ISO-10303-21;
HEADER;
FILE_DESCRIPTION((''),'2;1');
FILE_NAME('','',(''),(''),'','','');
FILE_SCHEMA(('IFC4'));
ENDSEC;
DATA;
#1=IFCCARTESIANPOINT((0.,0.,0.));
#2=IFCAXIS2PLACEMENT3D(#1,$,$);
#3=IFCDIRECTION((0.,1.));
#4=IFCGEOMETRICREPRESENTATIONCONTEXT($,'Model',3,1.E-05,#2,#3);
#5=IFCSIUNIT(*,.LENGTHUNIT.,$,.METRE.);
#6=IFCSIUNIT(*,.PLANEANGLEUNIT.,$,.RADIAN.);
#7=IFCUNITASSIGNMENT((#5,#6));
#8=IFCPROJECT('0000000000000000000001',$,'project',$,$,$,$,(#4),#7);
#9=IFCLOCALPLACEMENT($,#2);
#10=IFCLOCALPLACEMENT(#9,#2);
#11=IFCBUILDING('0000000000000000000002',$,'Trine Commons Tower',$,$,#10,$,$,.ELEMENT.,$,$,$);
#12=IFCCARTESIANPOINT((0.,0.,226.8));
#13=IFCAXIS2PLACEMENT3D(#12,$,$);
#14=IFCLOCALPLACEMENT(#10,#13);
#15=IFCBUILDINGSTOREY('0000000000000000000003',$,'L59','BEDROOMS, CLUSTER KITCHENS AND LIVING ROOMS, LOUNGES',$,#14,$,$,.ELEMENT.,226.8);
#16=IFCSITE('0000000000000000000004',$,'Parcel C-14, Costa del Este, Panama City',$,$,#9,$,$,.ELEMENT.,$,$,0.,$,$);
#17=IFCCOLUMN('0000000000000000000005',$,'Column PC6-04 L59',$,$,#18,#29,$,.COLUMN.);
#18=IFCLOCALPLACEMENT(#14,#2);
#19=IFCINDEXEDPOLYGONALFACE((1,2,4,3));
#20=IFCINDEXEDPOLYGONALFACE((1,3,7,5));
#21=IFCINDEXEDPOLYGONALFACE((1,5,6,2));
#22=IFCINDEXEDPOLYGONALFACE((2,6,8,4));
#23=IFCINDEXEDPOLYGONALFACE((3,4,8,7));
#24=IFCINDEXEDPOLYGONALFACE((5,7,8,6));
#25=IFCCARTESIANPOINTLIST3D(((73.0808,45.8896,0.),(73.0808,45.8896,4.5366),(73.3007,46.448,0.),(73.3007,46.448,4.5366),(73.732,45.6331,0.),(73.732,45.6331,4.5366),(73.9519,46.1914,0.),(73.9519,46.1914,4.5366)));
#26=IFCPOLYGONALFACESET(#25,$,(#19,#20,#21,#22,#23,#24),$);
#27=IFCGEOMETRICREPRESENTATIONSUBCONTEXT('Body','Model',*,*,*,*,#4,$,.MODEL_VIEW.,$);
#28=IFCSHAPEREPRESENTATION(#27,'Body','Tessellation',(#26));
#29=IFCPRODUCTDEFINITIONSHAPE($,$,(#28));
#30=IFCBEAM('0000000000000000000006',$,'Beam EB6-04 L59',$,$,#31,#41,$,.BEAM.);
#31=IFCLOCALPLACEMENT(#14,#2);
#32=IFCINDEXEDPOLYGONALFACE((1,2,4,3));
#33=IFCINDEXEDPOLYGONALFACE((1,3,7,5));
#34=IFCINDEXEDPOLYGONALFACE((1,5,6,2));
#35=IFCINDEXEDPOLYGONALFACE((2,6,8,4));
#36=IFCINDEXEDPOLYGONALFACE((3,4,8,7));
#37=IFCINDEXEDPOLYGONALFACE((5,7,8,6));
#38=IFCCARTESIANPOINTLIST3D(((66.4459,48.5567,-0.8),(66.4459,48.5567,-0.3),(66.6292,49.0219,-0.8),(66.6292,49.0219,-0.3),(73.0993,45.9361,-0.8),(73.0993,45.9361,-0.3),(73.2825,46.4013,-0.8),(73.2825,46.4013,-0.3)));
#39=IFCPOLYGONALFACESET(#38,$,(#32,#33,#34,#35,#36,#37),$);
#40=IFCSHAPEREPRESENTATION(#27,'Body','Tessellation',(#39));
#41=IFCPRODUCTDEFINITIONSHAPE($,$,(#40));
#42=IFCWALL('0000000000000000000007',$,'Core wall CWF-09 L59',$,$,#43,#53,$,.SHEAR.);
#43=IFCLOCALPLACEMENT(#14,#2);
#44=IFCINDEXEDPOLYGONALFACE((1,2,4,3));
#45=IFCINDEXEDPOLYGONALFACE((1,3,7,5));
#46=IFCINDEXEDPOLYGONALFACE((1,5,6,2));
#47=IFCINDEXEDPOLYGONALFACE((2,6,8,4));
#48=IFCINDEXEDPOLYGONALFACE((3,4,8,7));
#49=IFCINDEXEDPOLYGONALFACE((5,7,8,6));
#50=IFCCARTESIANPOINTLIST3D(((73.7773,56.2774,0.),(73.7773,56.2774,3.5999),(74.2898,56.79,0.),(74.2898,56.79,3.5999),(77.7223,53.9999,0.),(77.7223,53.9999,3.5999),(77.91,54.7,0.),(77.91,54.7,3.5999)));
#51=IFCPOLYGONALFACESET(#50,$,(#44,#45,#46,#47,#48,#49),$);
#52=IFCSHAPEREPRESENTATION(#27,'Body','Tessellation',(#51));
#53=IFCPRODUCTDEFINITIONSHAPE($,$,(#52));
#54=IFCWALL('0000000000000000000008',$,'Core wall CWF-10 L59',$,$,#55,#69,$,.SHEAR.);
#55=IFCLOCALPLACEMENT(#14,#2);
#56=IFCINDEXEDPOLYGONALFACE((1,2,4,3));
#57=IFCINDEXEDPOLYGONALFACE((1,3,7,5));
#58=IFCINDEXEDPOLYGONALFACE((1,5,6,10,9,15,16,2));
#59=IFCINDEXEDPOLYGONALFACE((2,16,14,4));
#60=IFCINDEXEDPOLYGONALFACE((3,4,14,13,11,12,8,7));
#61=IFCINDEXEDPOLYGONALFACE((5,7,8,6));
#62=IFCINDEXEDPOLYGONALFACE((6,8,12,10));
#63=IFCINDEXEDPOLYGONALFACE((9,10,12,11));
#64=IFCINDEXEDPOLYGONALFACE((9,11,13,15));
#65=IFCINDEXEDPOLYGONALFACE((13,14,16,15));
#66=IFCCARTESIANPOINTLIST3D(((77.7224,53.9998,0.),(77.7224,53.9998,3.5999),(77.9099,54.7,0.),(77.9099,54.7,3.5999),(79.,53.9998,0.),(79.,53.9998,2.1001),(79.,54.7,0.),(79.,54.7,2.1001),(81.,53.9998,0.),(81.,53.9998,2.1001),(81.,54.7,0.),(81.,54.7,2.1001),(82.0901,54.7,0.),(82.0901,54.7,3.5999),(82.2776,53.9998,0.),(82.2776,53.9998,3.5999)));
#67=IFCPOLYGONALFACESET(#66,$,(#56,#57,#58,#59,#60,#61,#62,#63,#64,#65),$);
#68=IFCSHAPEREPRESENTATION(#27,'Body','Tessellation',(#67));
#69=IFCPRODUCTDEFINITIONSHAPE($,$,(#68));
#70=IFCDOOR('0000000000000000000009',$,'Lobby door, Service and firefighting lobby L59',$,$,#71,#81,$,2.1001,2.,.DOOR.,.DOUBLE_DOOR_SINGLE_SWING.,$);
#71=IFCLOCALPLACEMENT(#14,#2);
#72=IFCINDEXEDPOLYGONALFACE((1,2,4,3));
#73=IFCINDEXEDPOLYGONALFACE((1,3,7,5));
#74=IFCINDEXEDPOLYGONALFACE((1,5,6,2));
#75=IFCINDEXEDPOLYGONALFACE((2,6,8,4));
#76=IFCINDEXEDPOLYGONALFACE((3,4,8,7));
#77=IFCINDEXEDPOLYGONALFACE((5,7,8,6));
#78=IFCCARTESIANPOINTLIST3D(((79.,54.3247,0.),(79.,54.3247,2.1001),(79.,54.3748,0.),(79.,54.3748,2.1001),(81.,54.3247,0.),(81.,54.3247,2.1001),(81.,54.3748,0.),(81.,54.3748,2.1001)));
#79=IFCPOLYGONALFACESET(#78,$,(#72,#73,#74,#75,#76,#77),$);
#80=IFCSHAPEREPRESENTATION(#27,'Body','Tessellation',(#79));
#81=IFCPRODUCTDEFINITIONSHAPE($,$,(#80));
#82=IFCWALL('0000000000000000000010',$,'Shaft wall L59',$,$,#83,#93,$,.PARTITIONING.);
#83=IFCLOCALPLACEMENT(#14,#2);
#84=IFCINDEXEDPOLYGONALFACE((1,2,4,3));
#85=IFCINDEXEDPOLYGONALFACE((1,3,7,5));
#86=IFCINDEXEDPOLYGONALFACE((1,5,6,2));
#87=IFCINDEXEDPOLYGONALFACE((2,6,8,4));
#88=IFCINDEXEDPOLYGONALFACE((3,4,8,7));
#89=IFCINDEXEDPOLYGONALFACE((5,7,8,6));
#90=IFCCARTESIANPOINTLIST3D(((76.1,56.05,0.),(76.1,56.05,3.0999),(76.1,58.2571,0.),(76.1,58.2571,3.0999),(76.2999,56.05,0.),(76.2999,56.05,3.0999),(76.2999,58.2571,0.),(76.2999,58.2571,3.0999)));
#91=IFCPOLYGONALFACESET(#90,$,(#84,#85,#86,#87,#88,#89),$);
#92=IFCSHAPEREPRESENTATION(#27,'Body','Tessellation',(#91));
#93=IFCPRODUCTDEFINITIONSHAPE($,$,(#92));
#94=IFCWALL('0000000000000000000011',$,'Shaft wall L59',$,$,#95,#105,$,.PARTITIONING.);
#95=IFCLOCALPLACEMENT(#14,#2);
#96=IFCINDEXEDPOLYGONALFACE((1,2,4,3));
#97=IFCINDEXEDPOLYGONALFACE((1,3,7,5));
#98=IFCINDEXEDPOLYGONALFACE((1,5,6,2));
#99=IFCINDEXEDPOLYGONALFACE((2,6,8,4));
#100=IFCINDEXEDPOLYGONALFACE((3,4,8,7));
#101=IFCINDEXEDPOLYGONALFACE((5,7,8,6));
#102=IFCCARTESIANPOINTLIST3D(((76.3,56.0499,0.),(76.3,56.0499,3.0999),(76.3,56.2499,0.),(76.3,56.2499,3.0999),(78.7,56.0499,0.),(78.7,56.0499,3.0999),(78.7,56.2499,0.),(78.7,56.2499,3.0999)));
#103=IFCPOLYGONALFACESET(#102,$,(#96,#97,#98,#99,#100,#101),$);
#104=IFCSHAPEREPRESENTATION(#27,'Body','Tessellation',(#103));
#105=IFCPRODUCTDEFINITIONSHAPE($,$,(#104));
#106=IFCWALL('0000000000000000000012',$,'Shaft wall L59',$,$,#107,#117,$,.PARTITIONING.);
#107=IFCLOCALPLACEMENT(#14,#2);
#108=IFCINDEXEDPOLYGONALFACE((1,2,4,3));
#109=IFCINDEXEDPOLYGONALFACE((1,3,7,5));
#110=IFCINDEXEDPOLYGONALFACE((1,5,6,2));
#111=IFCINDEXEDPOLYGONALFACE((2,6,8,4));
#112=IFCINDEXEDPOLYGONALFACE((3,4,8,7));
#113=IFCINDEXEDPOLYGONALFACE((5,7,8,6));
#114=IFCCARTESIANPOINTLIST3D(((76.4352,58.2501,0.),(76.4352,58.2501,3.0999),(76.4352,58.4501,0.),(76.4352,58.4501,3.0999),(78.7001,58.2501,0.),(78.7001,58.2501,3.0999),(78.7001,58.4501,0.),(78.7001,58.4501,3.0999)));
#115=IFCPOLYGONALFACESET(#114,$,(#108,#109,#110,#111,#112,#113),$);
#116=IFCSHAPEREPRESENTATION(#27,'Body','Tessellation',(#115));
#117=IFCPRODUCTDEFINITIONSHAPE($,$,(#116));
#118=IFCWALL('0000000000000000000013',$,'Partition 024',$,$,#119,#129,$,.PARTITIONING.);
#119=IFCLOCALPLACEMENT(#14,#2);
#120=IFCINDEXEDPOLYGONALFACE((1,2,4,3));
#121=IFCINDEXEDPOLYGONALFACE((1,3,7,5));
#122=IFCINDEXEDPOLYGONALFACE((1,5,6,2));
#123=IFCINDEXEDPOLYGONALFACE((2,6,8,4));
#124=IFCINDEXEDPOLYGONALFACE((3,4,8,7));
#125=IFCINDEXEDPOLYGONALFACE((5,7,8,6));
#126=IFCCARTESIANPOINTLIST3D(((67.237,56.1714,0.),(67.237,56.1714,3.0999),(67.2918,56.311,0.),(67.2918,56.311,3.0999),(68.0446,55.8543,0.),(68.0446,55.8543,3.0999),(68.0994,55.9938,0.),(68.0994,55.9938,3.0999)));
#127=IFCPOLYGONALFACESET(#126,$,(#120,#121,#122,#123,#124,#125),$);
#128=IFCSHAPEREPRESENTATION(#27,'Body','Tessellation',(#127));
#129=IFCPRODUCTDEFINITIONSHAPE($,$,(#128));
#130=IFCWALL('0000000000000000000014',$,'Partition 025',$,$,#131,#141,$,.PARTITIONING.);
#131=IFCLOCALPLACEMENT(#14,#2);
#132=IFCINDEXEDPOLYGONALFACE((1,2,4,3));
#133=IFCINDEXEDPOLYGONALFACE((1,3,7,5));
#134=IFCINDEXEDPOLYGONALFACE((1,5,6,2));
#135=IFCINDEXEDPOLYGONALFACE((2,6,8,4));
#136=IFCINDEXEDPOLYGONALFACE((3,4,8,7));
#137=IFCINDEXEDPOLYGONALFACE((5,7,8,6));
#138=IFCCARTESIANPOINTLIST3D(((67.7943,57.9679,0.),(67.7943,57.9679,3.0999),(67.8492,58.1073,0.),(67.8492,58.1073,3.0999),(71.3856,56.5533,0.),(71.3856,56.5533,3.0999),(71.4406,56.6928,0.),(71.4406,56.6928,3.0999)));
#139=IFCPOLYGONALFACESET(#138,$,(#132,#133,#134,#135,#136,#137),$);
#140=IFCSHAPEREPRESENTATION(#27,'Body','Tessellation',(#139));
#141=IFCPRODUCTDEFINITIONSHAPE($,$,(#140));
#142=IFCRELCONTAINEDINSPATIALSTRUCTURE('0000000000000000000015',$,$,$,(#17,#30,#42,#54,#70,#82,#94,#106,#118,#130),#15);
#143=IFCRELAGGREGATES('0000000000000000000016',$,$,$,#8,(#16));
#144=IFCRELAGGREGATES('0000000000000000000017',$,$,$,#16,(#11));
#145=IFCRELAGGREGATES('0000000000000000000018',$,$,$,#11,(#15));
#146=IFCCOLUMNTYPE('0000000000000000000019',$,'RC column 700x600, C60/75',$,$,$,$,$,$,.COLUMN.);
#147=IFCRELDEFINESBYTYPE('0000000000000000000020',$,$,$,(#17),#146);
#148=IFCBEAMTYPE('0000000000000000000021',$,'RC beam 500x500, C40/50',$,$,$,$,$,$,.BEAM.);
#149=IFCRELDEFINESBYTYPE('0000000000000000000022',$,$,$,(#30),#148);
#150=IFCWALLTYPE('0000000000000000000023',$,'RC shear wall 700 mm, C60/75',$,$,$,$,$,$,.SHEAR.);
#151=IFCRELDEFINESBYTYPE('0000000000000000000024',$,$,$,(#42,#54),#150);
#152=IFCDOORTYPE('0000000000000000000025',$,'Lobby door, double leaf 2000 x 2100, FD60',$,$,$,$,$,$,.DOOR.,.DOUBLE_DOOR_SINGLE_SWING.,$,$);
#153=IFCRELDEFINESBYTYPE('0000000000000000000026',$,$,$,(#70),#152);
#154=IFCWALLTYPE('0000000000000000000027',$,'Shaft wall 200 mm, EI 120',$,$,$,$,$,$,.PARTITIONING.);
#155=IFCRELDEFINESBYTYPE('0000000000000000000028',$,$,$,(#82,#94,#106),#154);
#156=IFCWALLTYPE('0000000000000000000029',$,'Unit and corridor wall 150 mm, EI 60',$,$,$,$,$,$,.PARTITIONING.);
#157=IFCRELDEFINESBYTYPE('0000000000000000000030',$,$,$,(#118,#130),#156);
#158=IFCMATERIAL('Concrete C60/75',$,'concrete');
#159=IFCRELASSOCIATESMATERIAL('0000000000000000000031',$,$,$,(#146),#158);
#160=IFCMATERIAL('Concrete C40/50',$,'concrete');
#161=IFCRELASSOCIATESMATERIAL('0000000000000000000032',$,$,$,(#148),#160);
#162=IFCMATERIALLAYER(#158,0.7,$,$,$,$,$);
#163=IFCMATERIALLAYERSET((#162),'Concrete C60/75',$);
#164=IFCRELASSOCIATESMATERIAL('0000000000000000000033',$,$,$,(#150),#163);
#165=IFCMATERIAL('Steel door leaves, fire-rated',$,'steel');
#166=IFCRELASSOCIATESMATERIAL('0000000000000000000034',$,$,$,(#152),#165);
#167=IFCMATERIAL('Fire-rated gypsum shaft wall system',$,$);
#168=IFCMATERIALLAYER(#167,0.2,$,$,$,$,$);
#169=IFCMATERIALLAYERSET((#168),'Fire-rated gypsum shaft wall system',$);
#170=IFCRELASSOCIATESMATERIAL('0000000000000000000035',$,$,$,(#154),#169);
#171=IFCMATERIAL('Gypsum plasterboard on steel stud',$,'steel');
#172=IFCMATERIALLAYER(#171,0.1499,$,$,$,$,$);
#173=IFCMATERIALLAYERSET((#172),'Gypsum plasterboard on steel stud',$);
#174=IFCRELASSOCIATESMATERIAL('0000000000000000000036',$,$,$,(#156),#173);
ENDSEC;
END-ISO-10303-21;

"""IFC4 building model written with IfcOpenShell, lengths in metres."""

from ifc_helpers import new_model, si_unit, direction, frame, frame_2d, origin, origin_2d, place, context, subcontext, project, spatial, polyline, rectangle, outline, extrude, material, layer, layer_set, material_profile, profile_set, type_object, element, fill, save


model = new_model("IFC4")

# Units and contexts
model_context = context("Model", 3, precision=1e-05, world=origin(), true_north=direction((0.0, 1.0)))
body_context = subcontext(model_context, "Body", "Model", "MODEL_VIEW")
ifc_project = project(units=[si_unit("LENGTHUNIT", "METRE"), si_unit("PLANEANGLEUNIT", "RADIAN")], contexts=[model_context])

# Site, building, storey
site_placement = place(None, origin())
site = spatial("IfcSite", under=ifc_project, at=site_placement, Name="Parcel C-14, Costa del Este, Panama City", CompositionType="ELEMENT", RefElevation=0.0)
building_placement = place(site_placement, origin())
building = spatial("IfcBuilding", under=site, at=building_placement, Name="Trine Commons Tower", CompositionType="ELEMENT")
storey_placement = place(building_placement, frame((0.0, 0.0, 226.8)))
storey = spatial("IfcBuildingStorey", under=building, at=storey_placement, Name="L59", Description="BEDROOMS, CLUSTER KITCHENS AND LIVING ROOMS, LOUNGES", CompositionType="ELEMENT", Elevation=226.8)

# Column
ifc_material_1 = material(Name="Concrete C60/75", Category="concrete")
ifc_material_profile_1 = material_profile(ifc_material_1, rectangle(XDim=0.7, YDim=0.6001, at=origin_2d()), Name="RC 700x600")
ifc_profile_set_1 = profile_set([ifc_material_profile_1], Name="Concrete C60/75")
column_type = type_object("IfcColumnType", Name="RC column 700x600, C60/75", PredefinedType="COLUMN", material=ifc_profile_set_1)
column_placement = place(storey_placement, frame((73.5164, 46.0405, 0.0), z_axis=(0.0, 0.0, 1.0), x_axis=(-0.930418, 0.366501, 0.0)))
element("IfcColumn", 1, at=column_placement, inside=storey, type_object=column_type, Name="Column PC6-04 L59", PredefinedType="COLUMN", context=body_context, shape_type="SweptSolid", body=[
    extrude(rectangle(XDim=0.7, YDim=0.6001, at=origin_2d()), origin(), (0.0, 0.0, 1.0), 4.5366),
])

# Beam
ifc_material_2 = material(Name="Concrete C40/50", Category="concrete")
ifc_material_profile_2 = material_profile(ifc_material_2, rectangle(XDim=0.5, YDim=0.5, at=origin_2d()), Name="RC 500x500")
ifc_profile_set_2 = profile_set([ifc_material_profile_2], Name="Concrete C40/50")
beam_type = type_object("IfcBeamType", Name="RC beam 500x500, C40/50", PredefinedType="BEAM", material=ifc_profile_set_2)
beam_placement = place(storey_placement, frame((73.1909, 46.1687, -0.55), z_axis=(-0.930427, 0.366476, 0.0), x_axis=(-0.366476, -0.930427, 0.0)))
element("IfcBeam", 2, at=beam_placement, inside=storey, type_object=beam_type, Name="Beam EB6-04 L59", PredefinedType="BEAM", context=body_context, shape_type="SweptSolid", body=[
    extrude(rectangle(XDim=0.5, YDim=0.5, at=origin_2d()), origin(), (0.0, 0.0, 1.0), 7.1509),
])

# Wall
ifc_layer_1 = layer(ifc_material_1, 0.7)
ifc_layer_set_1 = layer_set([ifc_layer_1], Name="Concrete C60/75")
wall_type_1 = type_object("IfcWallType", Name="RC shear wall 700 mm, C60/75", PredefinedType="SHEAR", material=ifc_layer_set_1)
wall_1_placement = place(storey_placement, frame((73.9524, 56.5806, 0.0), z_axis=(0.0, 0.0, 1.0), x_axis=(0.866035, -0.499984, 0.0)))
element("IfcWall", 3, at=wall_1_placement, inside=storey, type_object=wall_type_1, Name="Core wall CWF-09 L59", PredefinedType="SHEAR", context=body_context, shape_type="SweptSolid", body=[
    extrude(outline(polyline([(0.0, -0.3501), (4.5552, -0.3501), (4.3677, 0.3501), (0.1875, 0.3501), (0.0, -0.3501)])), origin(), (0.0, 0.0, 1.0), 3.5999),
])

# Wall, opening, door
wall_2_placement = place(storey_placement, frame((77.7224, 54.3499, 0.0), z_axis=(0.0, 0.0, 1.0), x_axis=(1.0, 0.0, 0.0)))
wall_2 = element("IfcWall", 4, at=wall_2_placement, inside=storey, type_object=wall_type_1, Name="Core wall CWF-10 L59", PredefinedType="SHEAR", context=body_context, shape_type="SweptSolid", body=[
    extrude(outline(polyline([(0.0, -0.3501), (4.5552, -0.3501), (4.3677, 0.3501), (0.1875, 0.3501), (0.0, -0.3501)])), origin(), (0.0, 0.0, 1.0), 3.5999),
])
opening_1_placement = place(wall_2_placement, frame((1.2776, 0.0, 0.0)))
opening_1 = element("IfcOpeningElement", 5, at=opening_1_placement, cuts=wall_2, PredefinedType="OPENING", context=body_context, shape_type="SweptSolid", body=[
    extrude(rectangle(XDim=2.0, YDim=2.1001, at=frame_2d((1.0, 1.05))), frame((0.0, 0.3599, 0.0), z_axis=(0.0, -1.0, 0.0), x_axis=(1.0, 0.0, 0.0)), (0.0, 0.0, 1.0), 0.72),
])
ifc_material_3 = material(Name="Steel door leaves, fire-rated", Category="steel")
door_type_1 = type_object("IfcDoorType", Name="Lobby door, double leaf 2000 x 2100, FD60", OperationType="DOUBLE_DOOR_SINGLE_SWING", PredefinedType="DOOR", material=ifc_material_3)
door_1_placement = place(opening_1_placement, origin())
door_1 = element("IfcDoor", 6, at=door_1_placement, inside=storey, type_object=door_type_1, Name="Lobby door, Service and firefighting lobby L59", OperationType="DOUBLE_DOOR_SINGLE_SWING", OverallHeight=2.1001, OverallWidth=2.0, PredefinedType="DOOR", context=body_context, shape_type="SweptSolid", body=[
    extrude(rectangle(XDim=2.0, YDim=2.1001, at=frame_2d((1.0, 1.05))), frame((0.0, 0.0249, 0.0), z_axis=(0.0, -1.0, 0.0), x_axis=(1.0, 0.0, 0.0)), (0.0, 0.0, 1.0), 0.05),
])
fill(opening_1, door_1)

# Walls
ifc_material_4 = material(Name="Fire-rated gypsum shaft wall system")
ifc_layer_2 = layer(ifc_material_4, 0.2)
ifc_layer_set_2 = layer_set([ifc_layer_2], Name="Fire-rated gypsum shaft wall system")
wall_type_2 = type_object("IfcWallType", Name="Shaft wall 200 mm, EI 120", PredefinedType="PARTITIONING", material=ifc_layer_set_2)
wall_3_placement = place(storey_placement, frame((76.2, 58.2571, 0.0), z_axis=(0.0, 0.0, 1.0), x_axis=(0.0, -1.0, 0.0)))
element("IfcWall", 7, at=wall_3_placement, inside=storey, type_object=wall_type_2, Name="Shaft wall L59", PredefinedType="PARTITIONING", context=body_context, shape_type="SweptSolid", body=[
    extrude(rectangle(XDim=2.207, YDim=0.2, at=frame_2d((1.1035, 0.0))), origin(), (0.0, 0.0, 1.0), 3.0999),
])
wall_4_placement = place(storey_placement, frame((78.7, 56.1499, 0.0), z_axis=(0.0, 0.0, 1.0), x_axis=(-1.0, 0.0, 0.0)))
element("IfcWall", 8, at=wall_4_placement, inside=storey, type_object=wall_type_2, Name="Shaft wall L59", PredefinedType="PARTITIONING", context=body_context, shape_type="SweptSolid", body=[
    extrude(rectangle(XDim=2.3999, YDim=0.2, at=frame_2d((1.2, 0.0))), origin(), (0.0, 0.0, 1.0), 3.0999),
])
wall_5_placement = place(storey_placement, frame((78.7, 58.3501, 0.0), z_axis=(0.0, 0.0, 1.0), x_axis=(-1.0, 0.0, 0.0)))
element("IfcWall", 9, at=wall_5_placement, inside=storey, type_object=wall_type_2, Name="Shaft wall L59", PredefinedType="PARTITIONING", context=body_context, shape_type="SweptSolid", body=[
    extrude(rectangle(XDim=2.2649, YDim=0.2, at=frame_2d((1.1323, 0.0))), origin(), (0.0, 0.0, 1.0), 3.0999),
])
ifc_material_5 = material(Name="Gypsum plasterboard on steel stud", Category="steel")
ifc_layer_3 = layer(ifc_material_5, 0.1499)
ifc_layer_set_3 = layer_set([ifc_layer_3], Name="Gypsum plasterboard on steel stud")
wall_type_3 = type_object("IfcWallType", Name="Unit and corridor wall 150 mm, EI 60", PredefinedType="PARTITIONING", material=ifc_layer_set_3)
wall_6_placement = place(storey_placement, frame((67.2644, 56.2412, 0.0), z_axis=(0.0, 0.0, 1.0), x_axis=(0.930806, -0.365513, 0.0)))
element("IfcWall", 10, at=wall_6_placement, inside=storey, type_object=wall_type_3, Name="Partition 024", PredefinedType="PARTITIONING", context=body_context, shape_type="SweptSolid", body=[
    extrude(rectangle(XDim=0.8677, YDim=0.1499, at=frame_2d((0.4338, 0.0))), origin(), (0.0, 0.0, 1.0), 3.0999),
])
wall_7_placement = place(storey_placement, frame((67.8218, 58.0376, 0.0), z_axis=(0.0, 0.0, 1.0), x_axis=(0.930427, -0.366478, 0.0)))
element("IfcWall", 11, at=wall_7_placement, inside=storey, type_object=wall_type_3, Name="Partition 025", PredefinedType="PARTITIONING", context=body_context, shape_type="SweptSolid", body=[
    extrude(rectangle(XDim=3.8599, YDim=0.1499, at=frame_2d((1.9299, 0.0))), origin(), (0.0, 0.0, 1.0), 3.0999),
])

save(model, "model.ifc")
